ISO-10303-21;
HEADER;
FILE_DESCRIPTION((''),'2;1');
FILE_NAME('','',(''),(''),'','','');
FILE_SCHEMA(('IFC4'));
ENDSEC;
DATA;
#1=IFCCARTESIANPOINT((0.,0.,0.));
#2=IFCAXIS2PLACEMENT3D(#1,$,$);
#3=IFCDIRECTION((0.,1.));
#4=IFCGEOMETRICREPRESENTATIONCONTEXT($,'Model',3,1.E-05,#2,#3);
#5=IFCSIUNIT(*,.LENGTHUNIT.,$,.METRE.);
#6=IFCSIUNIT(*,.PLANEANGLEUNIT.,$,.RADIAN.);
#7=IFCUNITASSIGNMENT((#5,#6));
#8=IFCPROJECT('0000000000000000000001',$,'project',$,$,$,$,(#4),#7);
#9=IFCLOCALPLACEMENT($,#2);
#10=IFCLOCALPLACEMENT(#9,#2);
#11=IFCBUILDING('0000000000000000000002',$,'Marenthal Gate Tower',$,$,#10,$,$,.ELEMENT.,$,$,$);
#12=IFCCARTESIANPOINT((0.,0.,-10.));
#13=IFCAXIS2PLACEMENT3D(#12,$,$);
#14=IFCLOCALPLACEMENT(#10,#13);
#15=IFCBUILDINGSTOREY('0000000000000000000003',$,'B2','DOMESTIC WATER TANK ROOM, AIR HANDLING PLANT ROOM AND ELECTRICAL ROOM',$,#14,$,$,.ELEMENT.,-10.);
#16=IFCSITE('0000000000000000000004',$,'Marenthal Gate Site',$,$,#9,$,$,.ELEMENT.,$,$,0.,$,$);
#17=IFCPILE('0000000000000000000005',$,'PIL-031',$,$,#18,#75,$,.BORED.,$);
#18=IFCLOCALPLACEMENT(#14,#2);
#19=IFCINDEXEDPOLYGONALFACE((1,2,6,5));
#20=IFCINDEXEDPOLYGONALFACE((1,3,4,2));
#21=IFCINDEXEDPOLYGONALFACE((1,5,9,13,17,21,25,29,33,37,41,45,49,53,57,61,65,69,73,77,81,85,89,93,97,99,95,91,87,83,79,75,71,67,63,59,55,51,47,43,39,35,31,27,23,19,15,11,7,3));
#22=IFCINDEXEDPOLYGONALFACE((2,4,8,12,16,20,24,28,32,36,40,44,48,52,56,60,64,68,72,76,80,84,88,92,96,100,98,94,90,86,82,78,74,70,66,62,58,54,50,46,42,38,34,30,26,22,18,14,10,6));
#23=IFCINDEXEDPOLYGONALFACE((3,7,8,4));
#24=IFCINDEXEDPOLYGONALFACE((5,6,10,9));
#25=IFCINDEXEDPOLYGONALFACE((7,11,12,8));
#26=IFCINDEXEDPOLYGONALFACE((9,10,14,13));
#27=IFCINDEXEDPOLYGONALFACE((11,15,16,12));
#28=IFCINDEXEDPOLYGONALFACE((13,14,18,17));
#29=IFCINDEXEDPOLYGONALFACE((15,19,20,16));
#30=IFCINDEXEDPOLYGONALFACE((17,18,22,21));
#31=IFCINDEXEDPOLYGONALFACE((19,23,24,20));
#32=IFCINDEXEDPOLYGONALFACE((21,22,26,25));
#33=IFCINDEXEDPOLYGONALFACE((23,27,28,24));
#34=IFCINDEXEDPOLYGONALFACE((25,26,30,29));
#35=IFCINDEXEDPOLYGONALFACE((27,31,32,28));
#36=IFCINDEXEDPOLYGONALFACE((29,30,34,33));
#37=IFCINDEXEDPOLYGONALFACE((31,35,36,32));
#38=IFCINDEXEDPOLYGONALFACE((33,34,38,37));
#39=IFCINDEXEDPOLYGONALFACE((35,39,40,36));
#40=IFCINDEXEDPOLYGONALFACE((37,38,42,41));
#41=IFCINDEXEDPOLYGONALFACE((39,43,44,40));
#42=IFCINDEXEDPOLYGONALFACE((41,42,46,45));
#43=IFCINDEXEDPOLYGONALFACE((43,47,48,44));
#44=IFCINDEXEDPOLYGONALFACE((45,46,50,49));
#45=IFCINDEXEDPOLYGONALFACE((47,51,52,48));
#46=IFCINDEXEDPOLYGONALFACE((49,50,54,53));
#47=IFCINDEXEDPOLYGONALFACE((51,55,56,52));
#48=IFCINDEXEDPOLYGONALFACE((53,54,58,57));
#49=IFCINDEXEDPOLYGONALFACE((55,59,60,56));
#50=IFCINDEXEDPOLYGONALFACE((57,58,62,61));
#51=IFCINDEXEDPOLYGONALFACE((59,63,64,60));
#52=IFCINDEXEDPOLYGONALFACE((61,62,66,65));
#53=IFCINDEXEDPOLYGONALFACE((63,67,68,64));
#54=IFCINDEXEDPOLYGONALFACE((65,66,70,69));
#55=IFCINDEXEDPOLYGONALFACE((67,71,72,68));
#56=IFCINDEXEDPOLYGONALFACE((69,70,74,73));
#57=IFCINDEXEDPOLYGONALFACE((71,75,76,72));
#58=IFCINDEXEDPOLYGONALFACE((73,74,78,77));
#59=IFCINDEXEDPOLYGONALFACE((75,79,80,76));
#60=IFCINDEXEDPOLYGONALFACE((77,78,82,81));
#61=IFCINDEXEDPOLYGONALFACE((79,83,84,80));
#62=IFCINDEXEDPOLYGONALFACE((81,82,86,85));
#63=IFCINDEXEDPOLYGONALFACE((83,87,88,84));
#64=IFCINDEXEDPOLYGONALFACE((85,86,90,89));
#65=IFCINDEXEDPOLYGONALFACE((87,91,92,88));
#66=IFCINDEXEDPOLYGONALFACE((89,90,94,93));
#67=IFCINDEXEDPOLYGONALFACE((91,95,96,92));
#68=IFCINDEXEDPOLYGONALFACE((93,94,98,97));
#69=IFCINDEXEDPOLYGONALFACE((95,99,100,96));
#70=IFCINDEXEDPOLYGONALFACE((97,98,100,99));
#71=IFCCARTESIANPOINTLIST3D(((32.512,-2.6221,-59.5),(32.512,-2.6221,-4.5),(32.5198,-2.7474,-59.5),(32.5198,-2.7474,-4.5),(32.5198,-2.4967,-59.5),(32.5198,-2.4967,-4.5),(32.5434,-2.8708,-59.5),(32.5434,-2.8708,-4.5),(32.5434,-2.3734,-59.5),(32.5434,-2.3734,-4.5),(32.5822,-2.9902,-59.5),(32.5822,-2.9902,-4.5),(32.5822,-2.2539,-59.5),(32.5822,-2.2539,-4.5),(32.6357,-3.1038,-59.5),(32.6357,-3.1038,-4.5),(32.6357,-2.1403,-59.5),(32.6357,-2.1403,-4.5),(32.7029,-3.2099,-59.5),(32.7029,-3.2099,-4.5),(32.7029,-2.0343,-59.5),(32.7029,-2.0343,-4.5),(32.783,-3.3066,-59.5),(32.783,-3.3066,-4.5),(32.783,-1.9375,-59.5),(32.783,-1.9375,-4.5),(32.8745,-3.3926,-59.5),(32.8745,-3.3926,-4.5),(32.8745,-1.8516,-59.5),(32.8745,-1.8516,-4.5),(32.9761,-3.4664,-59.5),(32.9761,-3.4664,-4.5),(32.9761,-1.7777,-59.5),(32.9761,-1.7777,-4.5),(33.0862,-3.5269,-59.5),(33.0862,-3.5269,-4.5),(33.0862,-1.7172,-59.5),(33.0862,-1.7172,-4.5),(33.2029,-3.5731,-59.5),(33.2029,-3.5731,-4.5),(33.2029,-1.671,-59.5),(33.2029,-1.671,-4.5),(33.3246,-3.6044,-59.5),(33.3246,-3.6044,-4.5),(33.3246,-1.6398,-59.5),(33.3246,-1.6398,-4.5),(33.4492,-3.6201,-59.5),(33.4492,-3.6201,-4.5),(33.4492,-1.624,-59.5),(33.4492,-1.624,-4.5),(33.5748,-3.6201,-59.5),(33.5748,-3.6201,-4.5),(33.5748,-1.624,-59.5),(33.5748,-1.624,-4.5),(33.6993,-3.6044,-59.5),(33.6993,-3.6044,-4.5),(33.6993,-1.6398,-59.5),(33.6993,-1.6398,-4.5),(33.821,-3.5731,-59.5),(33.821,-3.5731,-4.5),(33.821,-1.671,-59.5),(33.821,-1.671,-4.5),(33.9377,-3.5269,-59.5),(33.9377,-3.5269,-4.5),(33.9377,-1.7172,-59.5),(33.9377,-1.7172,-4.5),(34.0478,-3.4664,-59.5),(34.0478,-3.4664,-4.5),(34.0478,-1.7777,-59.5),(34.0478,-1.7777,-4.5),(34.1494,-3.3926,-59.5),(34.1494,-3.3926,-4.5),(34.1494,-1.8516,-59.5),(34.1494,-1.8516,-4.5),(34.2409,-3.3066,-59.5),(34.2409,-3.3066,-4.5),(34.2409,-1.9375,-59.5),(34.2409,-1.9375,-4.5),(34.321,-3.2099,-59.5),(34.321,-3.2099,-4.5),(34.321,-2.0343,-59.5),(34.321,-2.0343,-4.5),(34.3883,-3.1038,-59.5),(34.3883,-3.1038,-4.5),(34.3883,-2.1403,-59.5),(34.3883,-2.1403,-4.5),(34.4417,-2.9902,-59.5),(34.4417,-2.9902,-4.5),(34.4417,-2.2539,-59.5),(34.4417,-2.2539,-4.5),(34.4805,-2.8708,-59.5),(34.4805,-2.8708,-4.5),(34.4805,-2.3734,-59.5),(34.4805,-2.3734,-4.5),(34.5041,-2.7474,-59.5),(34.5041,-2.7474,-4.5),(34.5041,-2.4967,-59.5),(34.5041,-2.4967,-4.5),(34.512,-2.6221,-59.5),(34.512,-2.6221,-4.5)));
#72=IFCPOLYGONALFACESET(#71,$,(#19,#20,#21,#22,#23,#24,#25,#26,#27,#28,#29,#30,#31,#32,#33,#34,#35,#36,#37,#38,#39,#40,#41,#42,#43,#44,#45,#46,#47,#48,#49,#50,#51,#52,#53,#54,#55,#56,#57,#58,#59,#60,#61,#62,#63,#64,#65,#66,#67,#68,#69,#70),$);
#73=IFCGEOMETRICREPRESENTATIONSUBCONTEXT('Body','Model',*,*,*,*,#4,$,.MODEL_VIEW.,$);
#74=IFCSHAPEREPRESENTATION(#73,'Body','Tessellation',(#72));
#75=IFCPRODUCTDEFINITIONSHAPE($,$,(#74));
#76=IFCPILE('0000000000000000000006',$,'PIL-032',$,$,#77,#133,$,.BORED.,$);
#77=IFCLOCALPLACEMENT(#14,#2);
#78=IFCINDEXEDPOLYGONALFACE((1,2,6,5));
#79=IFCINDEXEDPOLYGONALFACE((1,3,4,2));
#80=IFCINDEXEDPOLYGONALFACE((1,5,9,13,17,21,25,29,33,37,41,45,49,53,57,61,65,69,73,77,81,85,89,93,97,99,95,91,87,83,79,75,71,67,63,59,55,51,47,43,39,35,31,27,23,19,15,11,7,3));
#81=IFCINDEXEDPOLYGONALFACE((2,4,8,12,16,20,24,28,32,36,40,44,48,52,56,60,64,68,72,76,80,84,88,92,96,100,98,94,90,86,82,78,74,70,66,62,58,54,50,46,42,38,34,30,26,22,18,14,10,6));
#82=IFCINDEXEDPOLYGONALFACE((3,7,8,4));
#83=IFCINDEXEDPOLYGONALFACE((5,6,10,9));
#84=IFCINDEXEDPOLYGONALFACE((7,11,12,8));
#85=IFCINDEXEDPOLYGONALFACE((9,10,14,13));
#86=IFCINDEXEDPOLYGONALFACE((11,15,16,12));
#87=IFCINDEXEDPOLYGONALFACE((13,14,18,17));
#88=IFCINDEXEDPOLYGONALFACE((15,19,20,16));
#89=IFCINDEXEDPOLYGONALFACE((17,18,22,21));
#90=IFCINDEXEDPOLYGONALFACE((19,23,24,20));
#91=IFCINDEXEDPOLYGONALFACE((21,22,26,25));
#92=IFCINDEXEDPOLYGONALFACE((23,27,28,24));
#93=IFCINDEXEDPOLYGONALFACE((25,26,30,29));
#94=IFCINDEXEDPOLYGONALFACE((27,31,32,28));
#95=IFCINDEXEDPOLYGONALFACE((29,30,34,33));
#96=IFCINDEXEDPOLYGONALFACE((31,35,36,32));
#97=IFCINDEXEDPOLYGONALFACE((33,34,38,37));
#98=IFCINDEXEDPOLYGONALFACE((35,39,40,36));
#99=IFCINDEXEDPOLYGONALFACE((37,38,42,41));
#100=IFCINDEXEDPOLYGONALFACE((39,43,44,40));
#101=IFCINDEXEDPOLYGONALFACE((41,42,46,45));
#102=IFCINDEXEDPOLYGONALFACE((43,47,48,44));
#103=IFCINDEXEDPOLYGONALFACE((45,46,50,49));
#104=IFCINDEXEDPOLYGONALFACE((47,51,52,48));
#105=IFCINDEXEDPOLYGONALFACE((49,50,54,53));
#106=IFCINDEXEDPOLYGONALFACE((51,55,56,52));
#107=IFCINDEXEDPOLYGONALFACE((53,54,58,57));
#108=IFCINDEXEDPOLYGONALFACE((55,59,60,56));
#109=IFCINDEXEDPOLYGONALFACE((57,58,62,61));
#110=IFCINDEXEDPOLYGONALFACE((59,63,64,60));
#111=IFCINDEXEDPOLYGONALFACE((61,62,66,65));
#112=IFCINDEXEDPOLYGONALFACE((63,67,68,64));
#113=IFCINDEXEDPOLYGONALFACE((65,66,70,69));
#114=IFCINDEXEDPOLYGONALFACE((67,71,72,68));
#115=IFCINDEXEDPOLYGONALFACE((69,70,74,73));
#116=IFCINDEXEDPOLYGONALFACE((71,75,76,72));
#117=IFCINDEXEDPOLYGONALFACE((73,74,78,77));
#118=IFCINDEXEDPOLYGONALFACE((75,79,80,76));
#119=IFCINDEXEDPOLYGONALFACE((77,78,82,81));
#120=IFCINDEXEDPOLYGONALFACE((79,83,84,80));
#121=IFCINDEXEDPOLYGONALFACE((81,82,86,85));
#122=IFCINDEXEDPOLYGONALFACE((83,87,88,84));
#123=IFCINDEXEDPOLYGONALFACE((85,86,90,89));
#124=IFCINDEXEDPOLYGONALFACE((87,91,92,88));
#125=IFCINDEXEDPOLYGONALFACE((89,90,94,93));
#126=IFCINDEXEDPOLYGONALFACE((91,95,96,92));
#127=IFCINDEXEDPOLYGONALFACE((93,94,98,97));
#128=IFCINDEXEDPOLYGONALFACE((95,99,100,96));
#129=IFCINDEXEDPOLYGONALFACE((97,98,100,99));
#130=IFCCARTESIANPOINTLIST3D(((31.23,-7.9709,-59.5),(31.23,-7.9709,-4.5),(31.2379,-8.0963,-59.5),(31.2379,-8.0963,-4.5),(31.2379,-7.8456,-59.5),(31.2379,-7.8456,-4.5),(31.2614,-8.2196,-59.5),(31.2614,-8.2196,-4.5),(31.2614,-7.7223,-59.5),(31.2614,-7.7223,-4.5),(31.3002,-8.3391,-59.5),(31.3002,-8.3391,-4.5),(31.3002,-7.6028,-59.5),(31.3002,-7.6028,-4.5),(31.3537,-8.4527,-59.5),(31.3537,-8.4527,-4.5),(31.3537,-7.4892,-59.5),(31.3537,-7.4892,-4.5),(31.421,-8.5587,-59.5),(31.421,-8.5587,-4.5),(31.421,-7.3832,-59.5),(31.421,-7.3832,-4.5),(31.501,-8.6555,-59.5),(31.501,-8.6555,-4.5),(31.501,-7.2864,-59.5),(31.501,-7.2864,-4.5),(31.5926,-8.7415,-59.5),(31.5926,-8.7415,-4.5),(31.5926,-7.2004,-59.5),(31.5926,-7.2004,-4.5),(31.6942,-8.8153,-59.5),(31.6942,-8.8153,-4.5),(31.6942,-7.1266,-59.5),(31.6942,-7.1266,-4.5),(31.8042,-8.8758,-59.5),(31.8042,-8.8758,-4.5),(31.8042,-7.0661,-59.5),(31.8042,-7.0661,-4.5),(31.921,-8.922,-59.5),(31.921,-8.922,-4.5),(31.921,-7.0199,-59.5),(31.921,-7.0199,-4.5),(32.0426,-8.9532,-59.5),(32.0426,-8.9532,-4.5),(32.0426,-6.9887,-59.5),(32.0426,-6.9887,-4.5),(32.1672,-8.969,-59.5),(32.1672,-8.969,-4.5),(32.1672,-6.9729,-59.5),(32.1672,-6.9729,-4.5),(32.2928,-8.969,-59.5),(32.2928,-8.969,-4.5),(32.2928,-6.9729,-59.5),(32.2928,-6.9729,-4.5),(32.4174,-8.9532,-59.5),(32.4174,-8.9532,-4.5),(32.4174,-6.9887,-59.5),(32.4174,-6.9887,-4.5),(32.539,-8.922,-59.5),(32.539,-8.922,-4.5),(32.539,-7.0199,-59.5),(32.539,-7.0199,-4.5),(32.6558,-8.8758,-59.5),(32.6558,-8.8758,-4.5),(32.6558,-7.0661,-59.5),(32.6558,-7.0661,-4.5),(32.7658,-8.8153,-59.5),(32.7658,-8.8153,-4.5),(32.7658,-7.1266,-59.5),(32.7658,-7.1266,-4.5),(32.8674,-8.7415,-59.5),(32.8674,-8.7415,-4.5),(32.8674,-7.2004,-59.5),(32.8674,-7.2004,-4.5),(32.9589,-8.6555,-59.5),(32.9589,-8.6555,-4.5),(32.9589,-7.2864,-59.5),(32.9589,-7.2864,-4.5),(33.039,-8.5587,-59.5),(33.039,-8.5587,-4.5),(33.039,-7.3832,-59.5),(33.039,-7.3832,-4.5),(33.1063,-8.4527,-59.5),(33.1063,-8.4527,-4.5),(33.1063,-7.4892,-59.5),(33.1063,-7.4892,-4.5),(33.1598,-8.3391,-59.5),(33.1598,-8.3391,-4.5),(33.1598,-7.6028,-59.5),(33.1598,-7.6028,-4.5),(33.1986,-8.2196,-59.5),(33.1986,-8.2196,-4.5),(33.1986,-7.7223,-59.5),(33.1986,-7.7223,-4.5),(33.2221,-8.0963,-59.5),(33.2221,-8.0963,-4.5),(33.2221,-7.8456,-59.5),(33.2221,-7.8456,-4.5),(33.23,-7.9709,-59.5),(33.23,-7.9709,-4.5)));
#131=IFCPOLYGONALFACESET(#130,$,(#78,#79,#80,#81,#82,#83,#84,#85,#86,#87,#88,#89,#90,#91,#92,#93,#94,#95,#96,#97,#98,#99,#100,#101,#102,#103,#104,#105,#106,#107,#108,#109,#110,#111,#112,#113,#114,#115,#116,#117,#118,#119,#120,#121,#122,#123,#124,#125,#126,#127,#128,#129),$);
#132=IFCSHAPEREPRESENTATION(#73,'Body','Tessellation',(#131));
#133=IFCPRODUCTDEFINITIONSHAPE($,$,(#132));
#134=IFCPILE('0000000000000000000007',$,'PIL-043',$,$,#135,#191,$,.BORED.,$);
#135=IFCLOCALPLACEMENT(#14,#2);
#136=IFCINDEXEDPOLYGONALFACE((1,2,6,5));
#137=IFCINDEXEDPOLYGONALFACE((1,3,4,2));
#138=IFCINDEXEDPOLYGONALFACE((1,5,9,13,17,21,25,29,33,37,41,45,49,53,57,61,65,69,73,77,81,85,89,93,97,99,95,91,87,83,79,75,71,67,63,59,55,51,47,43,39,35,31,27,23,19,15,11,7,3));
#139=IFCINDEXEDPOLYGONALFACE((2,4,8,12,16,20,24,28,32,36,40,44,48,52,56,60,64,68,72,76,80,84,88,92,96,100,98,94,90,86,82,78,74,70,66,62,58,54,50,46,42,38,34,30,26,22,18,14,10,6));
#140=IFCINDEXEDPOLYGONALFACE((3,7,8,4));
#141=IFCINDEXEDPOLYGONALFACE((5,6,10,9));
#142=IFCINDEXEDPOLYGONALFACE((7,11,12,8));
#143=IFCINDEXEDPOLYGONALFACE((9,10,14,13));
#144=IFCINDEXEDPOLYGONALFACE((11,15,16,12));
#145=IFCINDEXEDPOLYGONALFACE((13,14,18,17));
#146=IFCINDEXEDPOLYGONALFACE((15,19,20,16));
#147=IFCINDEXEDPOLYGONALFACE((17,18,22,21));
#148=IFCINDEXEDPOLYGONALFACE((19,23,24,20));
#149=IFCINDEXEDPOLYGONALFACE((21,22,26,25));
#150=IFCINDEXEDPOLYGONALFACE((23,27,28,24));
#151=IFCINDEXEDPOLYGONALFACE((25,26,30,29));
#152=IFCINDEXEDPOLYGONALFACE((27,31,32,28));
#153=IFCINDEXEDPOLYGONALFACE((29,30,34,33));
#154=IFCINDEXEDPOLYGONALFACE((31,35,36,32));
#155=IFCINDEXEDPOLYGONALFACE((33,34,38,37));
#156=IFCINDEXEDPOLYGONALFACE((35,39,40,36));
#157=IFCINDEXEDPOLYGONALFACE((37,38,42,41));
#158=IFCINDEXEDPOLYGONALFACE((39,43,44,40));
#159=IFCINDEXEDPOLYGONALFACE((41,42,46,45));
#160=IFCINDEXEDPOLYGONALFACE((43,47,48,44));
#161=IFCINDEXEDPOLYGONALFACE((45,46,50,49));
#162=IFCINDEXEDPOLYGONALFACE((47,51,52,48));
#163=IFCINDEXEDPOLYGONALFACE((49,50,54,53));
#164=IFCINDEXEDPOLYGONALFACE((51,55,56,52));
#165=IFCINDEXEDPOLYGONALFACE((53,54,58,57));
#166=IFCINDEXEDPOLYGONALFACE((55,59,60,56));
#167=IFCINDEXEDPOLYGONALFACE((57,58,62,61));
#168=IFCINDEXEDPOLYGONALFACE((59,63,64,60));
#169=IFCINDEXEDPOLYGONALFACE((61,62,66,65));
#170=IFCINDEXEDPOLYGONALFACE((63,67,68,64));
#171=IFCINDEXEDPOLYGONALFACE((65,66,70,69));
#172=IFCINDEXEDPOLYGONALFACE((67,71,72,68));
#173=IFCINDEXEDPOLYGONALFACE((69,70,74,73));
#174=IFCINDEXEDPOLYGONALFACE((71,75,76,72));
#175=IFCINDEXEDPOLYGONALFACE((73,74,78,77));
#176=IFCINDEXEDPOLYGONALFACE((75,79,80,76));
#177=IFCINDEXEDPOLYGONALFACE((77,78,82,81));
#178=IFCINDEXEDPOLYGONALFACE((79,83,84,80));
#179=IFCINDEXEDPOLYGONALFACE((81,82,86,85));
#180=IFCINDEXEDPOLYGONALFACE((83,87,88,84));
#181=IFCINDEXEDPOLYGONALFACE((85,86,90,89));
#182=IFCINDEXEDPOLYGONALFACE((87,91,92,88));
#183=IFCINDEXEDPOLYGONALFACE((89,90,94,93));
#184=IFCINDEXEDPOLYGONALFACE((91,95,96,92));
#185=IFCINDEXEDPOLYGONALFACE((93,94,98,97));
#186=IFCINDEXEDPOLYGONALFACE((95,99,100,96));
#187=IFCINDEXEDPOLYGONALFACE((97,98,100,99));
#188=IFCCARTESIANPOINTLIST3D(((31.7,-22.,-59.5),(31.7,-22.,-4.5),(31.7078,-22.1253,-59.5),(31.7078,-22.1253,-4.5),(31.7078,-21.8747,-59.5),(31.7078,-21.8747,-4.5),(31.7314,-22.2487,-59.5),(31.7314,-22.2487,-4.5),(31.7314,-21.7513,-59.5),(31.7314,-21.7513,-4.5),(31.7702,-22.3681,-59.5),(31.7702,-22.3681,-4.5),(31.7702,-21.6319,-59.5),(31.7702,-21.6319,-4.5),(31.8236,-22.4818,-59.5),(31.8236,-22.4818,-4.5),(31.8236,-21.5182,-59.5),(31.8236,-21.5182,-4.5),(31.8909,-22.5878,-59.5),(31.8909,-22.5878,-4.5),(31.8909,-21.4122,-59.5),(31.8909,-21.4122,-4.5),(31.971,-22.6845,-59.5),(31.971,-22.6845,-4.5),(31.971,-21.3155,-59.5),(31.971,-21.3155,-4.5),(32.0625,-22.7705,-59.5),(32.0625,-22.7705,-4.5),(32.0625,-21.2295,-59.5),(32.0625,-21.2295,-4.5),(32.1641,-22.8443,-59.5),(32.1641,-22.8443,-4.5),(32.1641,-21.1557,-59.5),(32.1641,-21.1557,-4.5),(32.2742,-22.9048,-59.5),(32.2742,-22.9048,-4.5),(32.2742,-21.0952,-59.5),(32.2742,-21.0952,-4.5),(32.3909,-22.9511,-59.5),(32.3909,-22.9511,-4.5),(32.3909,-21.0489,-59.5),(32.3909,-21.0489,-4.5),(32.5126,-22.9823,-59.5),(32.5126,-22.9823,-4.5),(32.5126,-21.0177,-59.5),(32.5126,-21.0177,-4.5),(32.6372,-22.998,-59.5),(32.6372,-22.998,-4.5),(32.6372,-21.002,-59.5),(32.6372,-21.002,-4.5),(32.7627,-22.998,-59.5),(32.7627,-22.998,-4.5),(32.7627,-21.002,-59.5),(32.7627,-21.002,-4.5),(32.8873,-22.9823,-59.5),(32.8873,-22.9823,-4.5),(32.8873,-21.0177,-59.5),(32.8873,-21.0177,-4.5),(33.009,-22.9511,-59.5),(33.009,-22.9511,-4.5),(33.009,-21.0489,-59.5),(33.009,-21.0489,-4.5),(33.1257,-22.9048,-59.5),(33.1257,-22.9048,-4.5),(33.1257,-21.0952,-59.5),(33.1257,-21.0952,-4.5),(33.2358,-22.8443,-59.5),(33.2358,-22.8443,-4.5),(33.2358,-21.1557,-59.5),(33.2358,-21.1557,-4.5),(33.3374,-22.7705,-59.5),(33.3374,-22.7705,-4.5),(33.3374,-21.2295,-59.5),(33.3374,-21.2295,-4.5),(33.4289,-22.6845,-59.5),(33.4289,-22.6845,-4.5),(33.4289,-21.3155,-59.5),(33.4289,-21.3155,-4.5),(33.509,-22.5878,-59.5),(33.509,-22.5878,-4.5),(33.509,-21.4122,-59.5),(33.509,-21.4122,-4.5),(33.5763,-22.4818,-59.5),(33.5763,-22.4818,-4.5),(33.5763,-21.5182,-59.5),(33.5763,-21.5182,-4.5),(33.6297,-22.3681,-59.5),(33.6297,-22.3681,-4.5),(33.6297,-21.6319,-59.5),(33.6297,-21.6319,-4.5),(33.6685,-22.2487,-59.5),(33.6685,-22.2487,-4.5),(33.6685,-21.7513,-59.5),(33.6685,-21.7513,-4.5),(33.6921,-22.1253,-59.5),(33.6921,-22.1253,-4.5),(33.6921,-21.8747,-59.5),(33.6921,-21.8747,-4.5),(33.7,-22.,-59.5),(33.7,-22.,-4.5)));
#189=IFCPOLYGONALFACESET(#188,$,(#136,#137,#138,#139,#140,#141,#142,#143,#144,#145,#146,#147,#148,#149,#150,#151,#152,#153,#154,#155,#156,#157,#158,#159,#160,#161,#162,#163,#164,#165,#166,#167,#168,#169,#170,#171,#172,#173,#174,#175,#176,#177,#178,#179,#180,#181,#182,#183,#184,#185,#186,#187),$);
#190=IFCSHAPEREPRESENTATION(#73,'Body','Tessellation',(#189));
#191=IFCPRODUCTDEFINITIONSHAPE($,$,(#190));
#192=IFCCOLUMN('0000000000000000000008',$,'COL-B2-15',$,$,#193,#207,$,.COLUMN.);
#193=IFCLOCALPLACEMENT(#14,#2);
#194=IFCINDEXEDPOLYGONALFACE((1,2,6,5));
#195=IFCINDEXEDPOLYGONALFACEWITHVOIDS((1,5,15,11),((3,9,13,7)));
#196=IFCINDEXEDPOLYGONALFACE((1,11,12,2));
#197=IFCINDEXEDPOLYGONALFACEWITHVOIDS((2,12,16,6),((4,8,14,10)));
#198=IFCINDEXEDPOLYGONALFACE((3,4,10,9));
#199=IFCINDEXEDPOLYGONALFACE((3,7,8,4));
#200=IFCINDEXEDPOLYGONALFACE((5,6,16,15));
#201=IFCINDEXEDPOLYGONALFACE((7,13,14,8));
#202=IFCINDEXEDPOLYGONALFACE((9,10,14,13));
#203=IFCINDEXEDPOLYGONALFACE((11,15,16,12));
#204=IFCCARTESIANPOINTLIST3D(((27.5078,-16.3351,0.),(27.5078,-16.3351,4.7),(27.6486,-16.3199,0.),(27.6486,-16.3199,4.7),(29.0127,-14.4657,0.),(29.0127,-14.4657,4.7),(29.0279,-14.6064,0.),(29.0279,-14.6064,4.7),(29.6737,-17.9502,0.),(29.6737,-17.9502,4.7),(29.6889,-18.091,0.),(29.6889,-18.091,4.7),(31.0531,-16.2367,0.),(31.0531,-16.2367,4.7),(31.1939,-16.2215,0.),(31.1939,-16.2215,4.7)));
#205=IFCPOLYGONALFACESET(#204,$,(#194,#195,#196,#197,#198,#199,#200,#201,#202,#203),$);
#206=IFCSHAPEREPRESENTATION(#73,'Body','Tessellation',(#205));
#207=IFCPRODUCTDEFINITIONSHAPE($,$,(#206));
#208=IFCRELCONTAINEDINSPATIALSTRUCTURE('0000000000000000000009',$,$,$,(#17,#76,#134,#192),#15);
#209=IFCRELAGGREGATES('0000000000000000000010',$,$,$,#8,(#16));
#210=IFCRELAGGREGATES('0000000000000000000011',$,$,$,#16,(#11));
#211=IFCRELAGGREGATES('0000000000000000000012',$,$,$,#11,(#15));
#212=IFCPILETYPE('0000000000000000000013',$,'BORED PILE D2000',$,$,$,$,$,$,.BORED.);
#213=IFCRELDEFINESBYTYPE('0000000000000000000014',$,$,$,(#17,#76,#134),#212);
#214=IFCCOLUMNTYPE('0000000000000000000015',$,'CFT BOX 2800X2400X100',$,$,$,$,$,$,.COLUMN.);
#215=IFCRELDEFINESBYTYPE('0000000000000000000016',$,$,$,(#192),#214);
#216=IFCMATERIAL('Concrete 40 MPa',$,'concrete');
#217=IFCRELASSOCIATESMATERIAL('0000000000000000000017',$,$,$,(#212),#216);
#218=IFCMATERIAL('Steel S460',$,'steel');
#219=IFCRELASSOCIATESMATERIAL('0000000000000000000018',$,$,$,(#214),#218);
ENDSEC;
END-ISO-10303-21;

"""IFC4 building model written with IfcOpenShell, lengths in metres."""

from ifc_helpers import new_model, si_unit, direction, frame, origin, origin_2d, place, context, subcontext, project, spatial, rectangle, hollow_rectangle, circle, extrude, material, material_profile, profile_set, type_object, element, save


model = new_model("IFC4")

# Units and contexts
model_context = context("Model", 3, precision=1e-05, world=origin(), true_north=direction((0.0, 1.0)))
body_context = subcontext(model_context, "Body", "Model", "MODEL_VIEW")
ifc_project = project(units=[si_unit("LENGTHUNIT", "METRE"), si_unit("PLANEANGLEUNIT", "RADIAN")], contexts=[model_context])

# Site, building, storey
site_placement = place(None, origin())
site = spatial("IfcSite", under=ifc_project, at=site_placement, Name="Marenthal Gate Site", CompositionType="ELEMENT", RefElevation=0.0)
building_placement = place(site_placement, origin())
building = spatial("IfcBuilding", under=site, at=building_placement, Name="Marenthal Gate Tower", CompositionType="ELEMENT")
storey_placement = place(building_placement, frame((0.0, 0.0, -10.0)))
storey = spatial("IfcBuildingStorey", under=building, at=storey_placement, Name="B2", Description="DOMESTIC WATER TANK ROOM, AIR HANDLING PLANT ROOM AND ELECTRICAL ROOM", CompositionType="ELEMENT", Elevation=-10.0)

# Piles
ifc_material_1 = material(Name="Concrete 40 MPa", Category="concrete")
pile_type = type_object("IfcPileType", Name="BORED PILE D2000", PredefinedType="BORED", material=ifc_material_1)
for number, where, z_axis, x_axis, name in (
    (1, (33.512, -2.6221, -4.5), (0.0, 0.0, -1.0), (1.0, 0.0, 0.0), "PIL-031"),
    (2, (32.23, -7.9709, -4.5), (0.0, 0.0, -1.0), (1.0, 0.0, 0.0), "PIL-032"),
    (3, (32.7, -22.0, -4.5), (0.0, 0.0, -1.0), (1.0, 0.0, 0.0), "PIL-043"),
):
    element("IfcPile", number, at=place(storey_placement, frame(where, z_axis=z_axis, x_axis=x_axis)), inside=storey, type_object=pile_type, Name=name, PredefinedType="BORED", context=body_context, shape_type="SweptSolid", body=[
        extrude(circle(Radius=1.0, at=origin_2d()), origin(), (0.0, 0.0, 1.0), 55.0),
    ])

# Column
ifc_material_2 = material(Name="Steel S460", Category="steel")
ifc_material_profile_1 = material_profile(ifc_material_2, hollow_rectangle(XDim=2.3999, YDim=2.8, WallThickness=0.1001, at=origin_2d()), Name="CFT BOX 2800X2400X100")
ifc_material_3 = material(Name="Concrete 70 MPa", Category="concrete")
ifc_material_profile_2 = material_profile(ifc_material_3, rectangle(XDim=2.2, YDim=2.6001, at=origin_2d()), Name="CFT BOX 2800X2400X100 INFILL")
ifc_profile_set_1 = profile_set([ifc_material_profile_1, ifc_material_profile_2], Name="Steel S460 shell, Concrete 70 MPa infill")
column_type_1 = type_object("IfcColumnType", Name="CFT BOX 2800X2400X100", PredefinedType="COLUMN", material=ifc_profile_set_1)
column_placement = place(storey_placement, frame((29.3508, -16.2783, 0.0), z_axis=(0.0, 0.0, 1.0), x_axis=(-0.62707, -0.778963, 0.0)))
element("IfcColumn", 4, at=column_placement, inside=storey, type_object=column_type_1, Name="COL-B2-15", PredefinedType="COLUMN", context=body_context, shape_type="SweptSolid", body=[
    extrude(hollow_rectangle(XDim=2.3999, YDim=2.8, WallThickness=0.1001, at=origin_2d()), origin(), (0.0, 0.0, 1.0), 4.7),
])

save(model, "model.ifc")
